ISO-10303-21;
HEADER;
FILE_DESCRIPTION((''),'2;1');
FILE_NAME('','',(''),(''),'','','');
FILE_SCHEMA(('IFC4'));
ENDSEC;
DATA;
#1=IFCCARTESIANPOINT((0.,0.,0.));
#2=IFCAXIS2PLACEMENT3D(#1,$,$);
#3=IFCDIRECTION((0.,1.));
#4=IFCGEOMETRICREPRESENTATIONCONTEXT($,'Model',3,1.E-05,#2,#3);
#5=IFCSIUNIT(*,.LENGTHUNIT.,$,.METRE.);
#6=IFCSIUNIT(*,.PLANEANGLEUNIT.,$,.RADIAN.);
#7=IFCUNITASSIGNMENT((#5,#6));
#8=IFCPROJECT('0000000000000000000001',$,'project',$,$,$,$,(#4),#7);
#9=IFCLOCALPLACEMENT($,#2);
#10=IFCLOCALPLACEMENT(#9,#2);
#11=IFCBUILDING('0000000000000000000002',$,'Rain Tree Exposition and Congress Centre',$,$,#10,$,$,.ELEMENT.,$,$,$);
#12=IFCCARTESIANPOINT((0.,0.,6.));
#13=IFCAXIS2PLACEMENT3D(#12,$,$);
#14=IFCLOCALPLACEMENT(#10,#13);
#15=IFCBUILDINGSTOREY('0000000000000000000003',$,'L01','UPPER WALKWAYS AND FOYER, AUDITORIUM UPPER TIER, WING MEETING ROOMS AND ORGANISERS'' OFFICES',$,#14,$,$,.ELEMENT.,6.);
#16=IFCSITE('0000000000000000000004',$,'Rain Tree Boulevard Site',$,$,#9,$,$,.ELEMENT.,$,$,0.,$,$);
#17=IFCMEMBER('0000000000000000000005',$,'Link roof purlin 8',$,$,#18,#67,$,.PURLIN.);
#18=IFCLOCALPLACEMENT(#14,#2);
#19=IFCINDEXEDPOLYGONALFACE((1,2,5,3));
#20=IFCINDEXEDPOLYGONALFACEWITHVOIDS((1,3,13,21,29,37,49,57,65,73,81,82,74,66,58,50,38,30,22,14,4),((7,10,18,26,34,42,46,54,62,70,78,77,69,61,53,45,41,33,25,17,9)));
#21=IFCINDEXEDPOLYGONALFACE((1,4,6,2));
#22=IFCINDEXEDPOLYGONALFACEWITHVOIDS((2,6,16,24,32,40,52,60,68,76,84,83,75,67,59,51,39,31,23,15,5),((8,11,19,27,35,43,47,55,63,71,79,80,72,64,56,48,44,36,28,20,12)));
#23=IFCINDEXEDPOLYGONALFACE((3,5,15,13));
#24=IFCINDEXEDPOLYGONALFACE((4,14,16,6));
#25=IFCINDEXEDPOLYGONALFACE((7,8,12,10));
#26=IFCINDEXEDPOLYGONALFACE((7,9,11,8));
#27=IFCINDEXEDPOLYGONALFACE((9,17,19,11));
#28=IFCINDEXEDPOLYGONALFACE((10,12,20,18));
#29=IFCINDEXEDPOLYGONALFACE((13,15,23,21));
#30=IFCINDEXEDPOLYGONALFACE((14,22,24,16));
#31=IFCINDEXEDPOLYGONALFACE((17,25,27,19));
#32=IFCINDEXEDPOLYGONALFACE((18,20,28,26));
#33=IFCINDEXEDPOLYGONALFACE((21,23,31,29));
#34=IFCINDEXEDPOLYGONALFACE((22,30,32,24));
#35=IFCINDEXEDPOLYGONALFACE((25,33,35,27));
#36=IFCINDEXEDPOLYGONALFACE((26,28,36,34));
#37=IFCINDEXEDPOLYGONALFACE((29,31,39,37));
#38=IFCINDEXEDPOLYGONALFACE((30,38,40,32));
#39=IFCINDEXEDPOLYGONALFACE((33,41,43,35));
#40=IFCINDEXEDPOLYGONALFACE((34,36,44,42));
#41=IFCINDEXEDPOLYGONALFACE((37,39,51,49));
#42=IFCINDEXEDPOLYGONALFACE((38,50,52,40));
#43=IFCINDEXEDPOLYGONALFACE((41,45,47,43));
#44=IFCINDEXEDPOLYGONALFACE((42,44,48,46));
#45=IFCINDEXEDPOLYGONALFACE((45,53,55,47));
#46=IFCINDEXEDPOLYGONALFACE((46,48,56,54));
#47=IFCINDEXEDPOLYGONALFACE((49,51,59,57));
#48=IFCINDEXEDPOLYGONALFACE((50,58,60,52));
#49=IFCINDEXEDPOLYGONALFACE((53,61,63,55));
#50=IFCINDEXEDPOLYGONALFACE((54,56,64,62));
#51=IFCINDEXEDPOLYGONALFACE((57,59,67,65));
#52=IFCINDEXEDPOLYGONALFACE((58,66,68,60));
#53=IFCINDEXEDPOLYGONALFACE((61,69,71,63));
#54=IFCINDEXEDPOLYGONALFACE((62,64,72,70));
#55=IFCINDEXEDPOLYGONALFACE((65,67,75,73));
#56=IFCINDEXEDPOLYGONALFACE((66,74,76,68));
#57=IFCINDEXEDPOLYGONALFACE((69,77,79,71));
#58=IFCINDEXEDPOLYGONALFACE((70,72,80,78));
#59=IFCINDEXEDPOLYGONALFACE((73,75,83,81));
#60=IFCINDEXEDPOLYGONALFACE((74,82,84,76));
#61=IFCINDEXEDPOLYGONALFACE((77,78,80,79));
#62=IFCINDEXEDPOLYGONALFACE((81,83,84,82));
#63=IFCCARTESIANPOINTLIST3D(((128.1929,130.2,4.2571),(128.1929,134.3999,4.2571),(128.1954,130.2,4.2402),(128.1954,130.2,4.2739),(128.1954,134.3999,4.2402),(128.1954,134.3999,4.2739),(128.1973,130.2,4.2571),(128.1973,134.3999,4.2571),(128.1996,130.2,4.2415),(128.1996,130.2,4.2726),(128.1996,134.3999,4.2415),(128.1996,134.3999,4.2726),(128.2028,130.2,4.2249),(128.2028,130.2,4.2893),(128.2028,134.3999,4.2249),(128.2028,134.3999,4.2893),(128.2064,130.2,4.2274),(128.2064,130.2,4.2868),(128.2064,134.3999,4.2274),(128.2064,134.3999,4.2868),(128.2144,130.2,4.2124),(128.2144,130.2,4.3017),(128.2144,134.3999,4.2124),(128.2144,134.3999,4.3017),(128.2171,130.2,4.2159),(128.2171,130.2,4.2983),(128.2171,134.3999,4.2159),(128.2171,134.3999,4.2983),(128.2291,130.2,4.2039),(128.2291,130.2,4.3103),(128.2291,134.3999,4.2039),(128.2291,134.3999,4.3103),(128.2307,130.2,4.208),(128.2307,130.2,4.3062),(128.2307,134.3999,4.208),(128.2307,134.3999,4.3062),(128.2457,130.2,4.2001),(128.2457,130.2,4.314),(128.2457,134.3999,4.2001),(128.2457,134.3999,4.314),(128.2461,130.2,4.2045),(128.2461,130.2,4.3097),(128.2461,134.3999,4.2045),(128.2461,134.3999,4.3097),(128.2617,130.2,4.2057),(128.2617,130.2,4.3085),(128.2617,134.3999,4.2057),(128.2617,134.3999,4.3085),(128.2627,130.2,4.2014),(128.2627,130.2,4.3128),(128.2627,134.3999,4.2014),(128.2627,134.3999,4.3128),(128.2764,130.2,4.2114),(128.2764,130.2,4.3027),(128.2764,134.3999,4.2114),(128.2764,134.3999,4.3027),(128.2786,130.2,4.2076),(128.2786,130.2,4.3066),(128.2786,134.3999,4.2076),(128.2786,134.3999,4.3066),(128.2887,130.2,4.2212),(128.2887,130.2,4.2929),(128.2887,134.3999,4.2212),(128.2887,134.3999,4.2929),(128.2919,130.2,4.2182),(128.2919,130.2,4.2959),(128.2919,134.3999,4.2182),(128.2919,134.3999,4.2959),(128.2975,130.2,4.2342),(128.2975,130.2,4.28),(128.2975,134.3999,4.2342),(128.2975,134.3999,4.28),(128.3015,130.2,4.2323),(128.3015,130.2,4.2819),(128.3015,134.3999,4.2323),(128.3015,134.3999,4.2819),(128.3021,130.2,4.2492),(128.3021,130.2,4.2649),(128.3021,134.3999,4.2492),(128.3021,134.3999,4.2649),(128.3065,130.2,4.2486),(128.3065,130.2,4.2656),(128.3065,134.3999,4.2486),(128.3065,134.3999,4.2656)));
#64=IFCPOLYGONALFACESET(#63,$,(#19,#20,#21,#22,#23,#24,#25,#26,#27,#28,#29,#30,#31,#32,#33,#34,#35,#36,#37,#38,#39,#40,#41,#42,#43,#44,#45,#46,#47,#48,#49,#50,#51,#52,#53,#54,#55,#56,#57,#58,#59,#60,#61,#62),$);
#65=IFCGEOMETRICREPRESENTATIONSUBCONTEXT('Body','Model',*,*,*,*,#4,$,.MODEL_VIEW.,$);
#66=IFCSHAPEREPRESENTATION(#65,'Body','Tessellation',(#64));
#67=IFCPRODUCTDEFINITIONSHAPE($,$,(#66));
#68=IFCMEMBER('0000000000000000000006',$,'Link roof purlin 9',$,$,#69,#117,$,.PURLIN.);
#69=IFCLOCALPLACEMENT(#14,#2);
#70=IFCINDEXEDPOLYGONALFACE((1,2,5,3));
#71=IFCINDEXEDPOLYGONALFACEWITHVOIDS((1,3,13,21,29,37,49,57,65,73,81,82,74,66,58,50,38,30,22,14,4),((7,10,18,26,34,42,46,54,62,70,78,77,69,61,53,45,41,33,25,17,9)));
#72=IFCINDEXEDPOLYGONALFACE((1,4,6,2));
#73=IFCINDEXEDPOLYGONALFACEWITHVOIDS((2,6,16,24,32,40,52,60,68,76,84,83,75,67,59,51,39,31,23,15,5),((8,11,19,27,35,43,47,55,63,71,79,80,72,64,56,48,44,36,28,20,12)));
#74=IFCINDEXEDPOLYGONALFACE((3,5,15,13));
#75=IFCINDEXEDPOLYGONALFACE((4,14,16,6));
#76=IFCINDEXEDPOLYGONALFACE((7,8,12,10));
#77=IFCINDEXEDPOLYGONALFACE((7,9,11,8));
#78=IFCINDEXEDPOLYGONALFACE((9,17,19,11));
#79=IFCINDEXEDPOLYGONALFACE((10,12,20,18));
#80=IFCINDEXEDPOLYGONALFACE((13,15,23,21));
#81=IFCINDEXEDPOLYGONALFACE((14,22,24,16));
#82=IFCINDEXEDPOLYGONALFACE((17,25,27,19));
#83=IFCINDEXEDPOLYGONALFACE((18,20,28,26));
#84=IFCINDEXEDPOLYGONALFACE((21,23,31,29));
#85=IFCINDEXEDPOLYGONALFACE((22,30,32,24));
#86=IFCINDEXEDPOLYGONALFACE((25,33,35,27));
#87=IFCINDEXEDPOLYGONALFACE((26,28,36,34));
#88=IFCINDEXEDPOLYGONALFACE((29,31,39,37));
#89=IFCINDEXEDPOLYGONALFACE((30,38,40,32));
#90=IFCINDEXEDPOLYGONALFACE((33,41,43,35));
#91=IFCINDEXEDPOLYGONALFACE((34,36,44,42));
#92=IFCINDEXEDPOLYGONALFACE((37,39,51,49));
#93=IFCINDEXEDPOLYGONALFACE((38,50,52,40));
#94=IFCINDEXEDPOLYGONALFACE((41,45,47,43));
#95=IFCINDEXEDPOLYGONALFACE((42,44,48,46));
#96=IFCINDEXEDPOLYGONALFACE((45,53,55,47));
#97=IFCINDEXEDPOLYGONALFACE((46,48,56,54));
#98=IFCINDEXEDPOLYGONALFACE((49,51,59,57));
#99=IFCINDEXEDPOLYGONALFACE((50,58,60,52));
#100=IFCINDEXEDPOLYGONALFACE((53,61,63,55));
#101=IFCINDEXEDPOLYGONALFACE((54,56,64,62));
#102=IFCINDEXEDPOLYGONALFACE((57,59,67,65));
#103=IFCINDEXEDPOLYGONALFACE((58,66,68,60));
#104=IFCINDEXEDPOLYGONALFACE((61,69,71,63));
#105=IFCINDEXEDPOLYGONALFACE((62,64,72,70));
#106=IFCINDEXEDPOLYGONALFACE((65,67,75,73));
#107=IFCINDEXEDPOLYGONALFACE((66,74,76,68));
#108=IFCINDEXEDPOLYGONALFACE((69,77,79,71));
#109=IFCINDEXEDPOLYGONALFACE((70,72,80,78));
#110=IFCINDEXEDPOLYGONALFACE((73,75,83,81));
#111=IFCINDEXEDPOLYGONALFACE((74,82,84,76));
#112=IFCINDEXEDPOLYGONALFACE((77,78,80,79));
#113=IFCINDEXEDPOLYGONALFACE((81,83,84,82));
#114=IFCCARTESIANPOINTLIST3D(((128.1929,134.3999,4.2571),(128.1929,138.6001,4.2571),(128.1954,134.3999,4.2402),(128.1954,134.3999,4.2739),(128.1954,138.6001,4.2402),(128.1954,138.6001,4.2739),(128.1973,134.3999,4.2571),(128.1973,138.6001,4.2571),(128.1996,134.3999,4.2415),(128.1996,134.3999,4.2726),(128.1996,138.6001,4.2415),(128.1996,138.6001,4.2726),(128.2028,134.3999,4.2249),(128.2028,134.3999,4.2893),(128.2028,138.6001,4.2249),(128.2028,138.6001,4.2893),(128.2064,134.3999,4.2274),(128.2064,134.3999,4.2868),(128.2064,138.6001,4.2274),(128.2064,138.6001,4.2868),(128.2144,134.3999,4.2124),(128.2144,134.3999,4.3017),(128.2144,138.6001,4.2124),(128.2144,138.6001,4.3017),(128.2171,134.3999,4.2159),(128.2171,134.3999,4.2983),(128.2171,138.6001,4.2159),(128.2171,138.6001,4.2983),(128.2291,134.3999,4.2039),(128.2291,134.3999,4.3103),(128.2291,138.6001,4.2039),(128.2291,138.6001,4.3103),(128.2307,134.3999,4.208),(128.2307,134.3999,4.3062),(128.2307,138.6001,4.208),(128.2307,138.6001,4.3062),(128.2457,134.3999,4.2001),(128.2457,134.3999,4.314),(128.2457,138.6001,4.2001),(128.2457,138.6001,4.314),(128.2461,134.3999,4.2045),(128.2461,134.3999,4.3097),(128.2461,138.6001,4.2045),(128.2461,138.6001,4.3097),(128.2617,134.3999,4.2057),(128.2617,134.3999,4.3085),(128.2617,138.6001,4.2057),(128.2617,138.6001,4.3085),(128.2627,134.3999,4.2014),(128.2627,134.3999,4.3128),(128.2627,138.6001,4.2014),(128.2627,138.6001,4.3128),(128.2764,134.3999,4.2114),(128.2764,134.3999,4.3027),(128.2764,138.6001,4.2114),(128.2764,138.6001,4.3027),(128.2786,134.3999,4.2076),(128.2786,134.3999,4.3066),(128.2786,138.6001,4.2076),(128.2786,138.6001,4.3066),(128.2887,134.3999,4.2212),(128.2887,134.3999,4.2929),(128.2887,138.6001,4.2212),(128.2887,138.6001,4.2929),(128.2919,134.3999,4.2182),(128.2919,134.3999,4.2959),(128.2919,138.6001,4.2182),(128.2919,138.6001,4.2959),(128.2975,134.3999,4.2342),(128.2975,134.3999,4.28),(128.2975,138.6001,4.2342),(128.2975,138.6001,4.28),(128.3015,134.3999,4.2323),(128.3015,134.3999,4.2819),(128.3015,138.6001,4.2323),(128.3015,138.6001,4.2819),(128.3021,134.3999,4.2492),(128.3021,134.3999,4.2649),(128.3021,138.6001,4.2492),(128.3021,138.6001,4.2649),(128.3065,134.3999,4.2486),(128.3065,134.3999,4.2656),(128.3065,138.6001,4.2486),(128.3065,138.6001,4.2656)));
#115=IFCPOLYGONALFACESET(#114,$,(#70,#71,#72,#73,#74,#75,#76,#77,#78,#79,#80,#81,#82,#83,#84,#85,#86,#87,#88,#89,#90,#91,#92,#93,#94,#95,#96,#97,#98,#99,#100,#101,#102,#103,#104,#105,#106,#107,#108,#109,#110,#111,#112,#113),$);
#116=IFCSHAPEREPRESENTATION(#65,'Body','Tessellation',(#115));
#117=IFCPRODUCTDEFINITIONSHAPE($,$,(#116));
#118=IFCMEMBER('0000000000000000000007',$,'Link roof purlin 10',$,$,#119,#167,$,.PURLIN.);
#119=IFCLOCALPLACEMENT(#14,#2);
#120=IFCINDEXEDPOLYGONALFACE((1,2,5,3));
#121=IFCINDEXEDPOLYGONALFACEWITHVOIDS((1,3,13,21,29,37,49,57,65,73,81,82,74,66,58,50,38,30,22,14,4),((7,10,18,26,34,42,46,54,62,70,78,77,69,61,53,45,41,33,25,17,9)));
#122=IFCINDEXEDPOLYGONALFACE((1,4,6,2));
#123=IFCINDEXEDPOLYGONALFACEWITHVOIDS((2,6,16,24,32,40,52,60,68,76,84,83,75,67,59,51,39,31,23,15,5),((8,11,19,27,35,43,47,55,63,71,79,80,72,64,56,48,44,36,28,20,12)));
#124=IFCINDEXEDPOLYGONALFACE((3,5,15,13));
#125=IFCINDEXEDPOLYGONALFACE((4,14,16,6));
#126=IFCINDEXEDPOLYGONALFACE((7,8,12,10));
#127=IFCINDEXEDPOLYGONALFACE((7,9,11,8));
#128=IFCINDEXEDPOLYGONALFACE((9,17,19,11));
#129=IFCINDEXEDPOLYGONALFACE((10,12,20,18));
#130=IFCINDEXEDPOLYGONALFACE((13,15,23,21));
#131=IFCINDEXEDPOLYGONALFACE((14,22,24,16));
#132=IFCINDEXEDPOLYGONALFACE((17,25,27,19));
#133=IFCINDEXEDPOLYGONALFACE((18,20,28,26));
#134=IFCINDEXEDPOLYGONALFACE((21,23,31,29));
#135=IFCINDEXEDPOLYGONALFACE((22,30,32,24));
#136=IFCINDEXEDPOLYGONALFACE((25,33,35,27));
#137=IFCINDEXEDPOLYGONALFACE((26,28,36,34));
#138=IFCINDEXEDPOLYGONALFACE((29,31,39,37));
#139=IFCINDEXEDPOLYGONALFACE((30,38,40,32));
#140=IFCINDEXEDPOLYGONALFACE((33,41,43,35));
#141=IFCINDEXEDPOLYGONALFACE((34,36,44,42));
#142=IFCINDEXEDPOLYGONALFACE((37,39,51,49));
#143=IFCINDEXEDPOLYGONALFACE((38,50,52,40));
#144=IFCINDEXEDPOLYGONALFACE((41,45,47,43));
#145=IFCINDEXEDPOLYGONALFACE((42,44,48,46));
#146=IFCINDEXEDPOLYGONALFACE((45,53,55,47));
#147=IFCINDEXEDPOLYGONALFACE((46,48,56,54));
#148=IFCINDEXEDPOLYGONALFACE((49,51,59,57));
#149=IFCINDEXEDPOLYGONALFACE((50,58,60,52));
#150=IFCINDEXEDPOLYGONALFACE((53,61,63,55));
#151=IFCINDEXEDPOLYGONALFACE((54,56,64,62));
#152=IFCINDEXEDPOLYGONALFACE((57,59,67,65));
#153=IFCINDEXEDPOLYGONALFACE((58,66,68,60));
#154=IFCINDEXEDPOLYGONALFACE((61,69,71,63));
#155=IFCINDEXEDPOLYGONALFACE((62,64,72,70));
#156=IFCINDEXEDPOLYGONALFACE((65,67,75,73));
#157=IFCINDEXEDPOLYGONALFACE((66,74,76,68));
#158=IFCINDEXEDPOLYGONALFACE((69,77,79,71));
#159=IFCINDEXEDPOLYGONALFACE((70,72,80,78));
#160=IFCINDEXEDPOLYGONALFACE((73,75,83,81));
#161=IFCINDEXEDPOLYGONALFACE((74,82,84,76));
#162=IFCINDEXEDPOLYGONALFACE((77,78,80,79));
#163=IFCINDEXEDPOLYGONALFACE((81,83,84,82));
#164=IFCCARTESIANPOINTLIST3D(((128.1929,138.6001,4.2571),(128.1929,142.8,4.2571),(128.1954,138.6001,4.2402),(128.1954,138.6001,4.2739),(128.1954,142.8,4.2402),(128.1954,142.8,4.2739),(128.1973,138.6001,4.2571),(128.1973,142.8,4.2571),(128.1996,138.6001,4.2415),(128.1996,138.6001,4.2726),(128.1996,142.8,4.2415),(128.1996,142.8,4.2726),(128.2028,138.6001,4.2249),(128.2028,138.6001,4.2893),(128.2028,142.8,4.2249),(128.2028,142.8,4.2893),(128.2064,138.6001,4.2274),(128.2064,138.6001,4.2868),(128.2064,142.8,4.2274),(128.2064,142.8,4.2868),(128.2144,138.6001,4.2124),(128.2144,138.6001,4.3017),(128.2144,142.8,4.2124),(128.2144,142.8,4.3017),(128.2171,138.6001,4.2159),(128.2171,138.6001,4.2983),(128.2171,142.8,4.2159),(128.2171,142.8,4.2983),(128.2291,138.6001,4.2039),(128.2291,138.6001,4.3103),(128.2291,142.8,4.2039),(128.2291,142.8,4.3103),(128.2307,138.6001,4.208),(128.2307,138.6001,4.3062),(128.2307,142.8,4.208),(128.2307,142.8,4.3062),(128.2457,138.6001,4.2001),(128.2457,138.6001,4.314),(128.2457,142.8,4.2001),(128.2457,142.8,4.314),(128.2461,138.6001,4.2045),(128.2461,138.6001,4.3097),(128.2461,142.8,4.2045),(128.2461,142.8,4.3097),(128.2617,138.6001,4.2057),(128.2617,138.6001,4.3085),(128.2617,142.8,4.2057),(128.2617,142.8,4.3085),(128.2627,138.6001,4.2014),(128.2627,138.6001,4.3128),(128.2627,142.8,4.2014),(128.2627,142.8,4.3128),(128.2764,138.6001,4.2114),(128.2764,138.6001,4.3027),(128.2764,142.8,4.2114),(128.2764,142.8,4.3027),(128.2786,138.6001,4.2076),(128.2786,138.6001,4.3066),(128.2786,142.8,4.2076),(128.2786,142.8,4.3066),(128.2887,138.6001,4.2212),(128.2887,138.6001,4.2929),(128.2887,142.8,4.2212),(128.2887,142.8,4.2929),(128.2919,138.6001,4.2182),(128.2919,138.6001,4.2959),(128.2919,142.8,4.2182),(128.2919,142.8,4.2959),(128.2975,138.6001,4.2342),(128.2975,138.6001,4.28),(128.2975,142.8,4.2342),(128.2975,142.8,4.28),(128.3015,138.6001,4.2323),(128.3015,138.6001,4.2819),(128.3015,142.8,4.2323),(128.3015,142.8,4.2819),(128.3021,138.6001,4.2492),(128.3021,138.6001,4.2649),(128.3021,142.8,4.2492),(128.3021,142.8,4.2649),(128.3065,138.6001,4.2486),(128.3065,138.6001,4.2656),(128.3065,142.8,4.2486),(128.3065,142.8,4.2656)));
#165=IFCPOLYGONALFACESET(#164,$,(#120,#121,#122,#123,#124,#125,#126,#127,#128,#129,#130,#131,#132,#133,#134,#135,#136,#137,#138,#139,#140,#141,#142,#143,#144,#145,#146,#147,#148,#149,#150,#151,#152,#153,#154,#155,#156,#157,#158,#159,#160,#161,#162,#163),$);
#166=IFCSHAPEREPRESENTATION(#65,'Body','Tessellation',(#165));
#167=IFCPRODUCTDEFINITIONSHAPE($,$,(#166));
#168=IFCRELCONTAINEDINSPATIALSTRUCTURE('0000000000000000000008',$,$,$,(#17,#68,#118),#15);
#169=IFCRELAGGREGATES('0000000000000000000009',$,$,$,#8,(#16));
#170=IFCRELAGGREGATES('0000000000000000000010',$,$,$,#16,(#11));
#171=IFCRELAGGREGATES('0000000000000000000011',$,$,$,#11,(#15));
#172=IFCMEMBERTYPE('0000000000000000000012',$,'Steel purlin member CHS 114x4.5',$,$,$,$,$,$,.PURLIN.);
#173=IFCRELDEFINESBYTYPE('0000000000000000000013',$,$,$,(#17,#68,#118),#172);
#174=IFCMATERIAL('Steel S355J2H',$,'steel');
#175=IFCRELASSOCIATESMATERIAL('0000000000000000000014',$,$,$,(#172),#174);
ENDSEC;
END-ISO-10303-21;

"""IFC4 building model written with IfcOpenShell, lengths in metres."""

from ifc_helpers import new_model, si_unit, direction, frame, origin, origin_2d, place, context, subcontext, project, spatial, hollow_circle, extrude, material, material_profile, profile_set, type_object, element, save


model = new_model("IFC4")

# Units and contexts
model_context = context("Model", 3, precision=1e-05, world=origin(), true_north=direction((0.0, 1.0)))
body_context = subcontext(model_context, "Body", "Model", "MODEL_VIEW")
ifc_project = project(units=[si_unit("LENGTHUNIT", "METRE"), si_unit("PLANEANGLEUNIT", "RADIAN")], contexts=[model_context])

# Site, building, storey
site_placement = place(None, origin())
site = spatial("IfcSite", under=ifc_project, at=site_placement, Name="Rain Tree Boulevard Site", CompositionType="ELEMENT", RefElevation=0.0)
building_placement = place(site_placement, origin())
building = spatial("IfcBuilding", under=site, at=building_placement, Name="Rain Tree Exposition and Congress Centre", CompositionType="ELEMENT")
storey_placement = place(building_placement, frame((0.0, 0.0, 6.0)))
storey = spatial("IfcBuildingStorey", under=building, at=storey_placement, Name="L01", Description="UPPER WALKWAYS AND FOYER, AUDITORIUM UPPER TIER, WING MEETING ROOMS AND ORGANISERS' OFFICES", CompositionType="ELEMENT", Elevation=6.0)

# Members
ifc_material_1 = material(Name="Steel S355J2H", Category="steel")
ifc_material_profile_1 = material_profile(ifc_material_1, hollow_circle(Radius=0.0571, WallThickness=0.0044, at=origin_2d()), Name="CHS 114x4.5")
ifc_profile_set_1 = profile_set([ifc_material_profile_1], Name="Steel S355J2H")
member_type = type_object("IfcMemberType", Name="Steel purlin member CHS 114x4.5", PredefinedType="PURLIN", material=ifc_profile_set_1)
for number, where, z_axis, x_axis, name in (
    (1, (128.25, 130.2, 4.2571), (0.0, 1.0, 0.0), (-1.0, 0.0, 0.0), "Link roof purlin 8"),
):
    element("IfcMember", number, at=place(storey_placement, frame(where, z_axis=z_axis, x_axis=x_axis)), inside=storey, type_object=member_type, Name=name, PredefinedType="PURLIN", context=body_context, shape_type="SweptSolid", body=[
        extrude(hollow_circle(Radius=0.0571, WallThickness=0.0044, at=origin_2d()), origin(), (0.0, 0.0, 1.0), 4.2),
    ])
member_1_placement = place(storey_placement, frame((128.25, 134.3999, 4.2571), z_axis=(0.0, 1.0, 0.0), x_axis=(-1.0, 0.0, 0.0)))
element("IfcMember", 2, at=member_1_placement, inside=storey, type_object=member_type, Name="Link roof purlin 9", PredefinedType="PURLIN", context=body_context, shape_type="SweptSolid", body=[
    extrude(hollow_circle(Radius=0.0571, WallThickness=0.0044, at=origin_2d()), origin(), (0.0, 0.0, 1.0), 4.2002),
])
for number, where, z_axis, x_axis, name in (
    (3, (128.25, 138.6001, 4.2571), (0.0, 1.0, 0.0), (-1.0, 0.0, 0.0), "Link roof purlin 10"),
):
    element("IfcMember", number, at=place(storey_placement, frame(where, z_axis=z_axis, x_axis=x_axis)), inside=storey, type_object=member_type, Name=name, PredefinedType="PURLIN", context=body_context, shape_type="SweptSolid", body=[
        extrude(hollow_circle(Radius=0.0571, WallThickness=0.0044, at=origin_2d()), origin(), (0.0, 0.0, 1.0), 4.2),
    ])

save(model, "model.ifc")
